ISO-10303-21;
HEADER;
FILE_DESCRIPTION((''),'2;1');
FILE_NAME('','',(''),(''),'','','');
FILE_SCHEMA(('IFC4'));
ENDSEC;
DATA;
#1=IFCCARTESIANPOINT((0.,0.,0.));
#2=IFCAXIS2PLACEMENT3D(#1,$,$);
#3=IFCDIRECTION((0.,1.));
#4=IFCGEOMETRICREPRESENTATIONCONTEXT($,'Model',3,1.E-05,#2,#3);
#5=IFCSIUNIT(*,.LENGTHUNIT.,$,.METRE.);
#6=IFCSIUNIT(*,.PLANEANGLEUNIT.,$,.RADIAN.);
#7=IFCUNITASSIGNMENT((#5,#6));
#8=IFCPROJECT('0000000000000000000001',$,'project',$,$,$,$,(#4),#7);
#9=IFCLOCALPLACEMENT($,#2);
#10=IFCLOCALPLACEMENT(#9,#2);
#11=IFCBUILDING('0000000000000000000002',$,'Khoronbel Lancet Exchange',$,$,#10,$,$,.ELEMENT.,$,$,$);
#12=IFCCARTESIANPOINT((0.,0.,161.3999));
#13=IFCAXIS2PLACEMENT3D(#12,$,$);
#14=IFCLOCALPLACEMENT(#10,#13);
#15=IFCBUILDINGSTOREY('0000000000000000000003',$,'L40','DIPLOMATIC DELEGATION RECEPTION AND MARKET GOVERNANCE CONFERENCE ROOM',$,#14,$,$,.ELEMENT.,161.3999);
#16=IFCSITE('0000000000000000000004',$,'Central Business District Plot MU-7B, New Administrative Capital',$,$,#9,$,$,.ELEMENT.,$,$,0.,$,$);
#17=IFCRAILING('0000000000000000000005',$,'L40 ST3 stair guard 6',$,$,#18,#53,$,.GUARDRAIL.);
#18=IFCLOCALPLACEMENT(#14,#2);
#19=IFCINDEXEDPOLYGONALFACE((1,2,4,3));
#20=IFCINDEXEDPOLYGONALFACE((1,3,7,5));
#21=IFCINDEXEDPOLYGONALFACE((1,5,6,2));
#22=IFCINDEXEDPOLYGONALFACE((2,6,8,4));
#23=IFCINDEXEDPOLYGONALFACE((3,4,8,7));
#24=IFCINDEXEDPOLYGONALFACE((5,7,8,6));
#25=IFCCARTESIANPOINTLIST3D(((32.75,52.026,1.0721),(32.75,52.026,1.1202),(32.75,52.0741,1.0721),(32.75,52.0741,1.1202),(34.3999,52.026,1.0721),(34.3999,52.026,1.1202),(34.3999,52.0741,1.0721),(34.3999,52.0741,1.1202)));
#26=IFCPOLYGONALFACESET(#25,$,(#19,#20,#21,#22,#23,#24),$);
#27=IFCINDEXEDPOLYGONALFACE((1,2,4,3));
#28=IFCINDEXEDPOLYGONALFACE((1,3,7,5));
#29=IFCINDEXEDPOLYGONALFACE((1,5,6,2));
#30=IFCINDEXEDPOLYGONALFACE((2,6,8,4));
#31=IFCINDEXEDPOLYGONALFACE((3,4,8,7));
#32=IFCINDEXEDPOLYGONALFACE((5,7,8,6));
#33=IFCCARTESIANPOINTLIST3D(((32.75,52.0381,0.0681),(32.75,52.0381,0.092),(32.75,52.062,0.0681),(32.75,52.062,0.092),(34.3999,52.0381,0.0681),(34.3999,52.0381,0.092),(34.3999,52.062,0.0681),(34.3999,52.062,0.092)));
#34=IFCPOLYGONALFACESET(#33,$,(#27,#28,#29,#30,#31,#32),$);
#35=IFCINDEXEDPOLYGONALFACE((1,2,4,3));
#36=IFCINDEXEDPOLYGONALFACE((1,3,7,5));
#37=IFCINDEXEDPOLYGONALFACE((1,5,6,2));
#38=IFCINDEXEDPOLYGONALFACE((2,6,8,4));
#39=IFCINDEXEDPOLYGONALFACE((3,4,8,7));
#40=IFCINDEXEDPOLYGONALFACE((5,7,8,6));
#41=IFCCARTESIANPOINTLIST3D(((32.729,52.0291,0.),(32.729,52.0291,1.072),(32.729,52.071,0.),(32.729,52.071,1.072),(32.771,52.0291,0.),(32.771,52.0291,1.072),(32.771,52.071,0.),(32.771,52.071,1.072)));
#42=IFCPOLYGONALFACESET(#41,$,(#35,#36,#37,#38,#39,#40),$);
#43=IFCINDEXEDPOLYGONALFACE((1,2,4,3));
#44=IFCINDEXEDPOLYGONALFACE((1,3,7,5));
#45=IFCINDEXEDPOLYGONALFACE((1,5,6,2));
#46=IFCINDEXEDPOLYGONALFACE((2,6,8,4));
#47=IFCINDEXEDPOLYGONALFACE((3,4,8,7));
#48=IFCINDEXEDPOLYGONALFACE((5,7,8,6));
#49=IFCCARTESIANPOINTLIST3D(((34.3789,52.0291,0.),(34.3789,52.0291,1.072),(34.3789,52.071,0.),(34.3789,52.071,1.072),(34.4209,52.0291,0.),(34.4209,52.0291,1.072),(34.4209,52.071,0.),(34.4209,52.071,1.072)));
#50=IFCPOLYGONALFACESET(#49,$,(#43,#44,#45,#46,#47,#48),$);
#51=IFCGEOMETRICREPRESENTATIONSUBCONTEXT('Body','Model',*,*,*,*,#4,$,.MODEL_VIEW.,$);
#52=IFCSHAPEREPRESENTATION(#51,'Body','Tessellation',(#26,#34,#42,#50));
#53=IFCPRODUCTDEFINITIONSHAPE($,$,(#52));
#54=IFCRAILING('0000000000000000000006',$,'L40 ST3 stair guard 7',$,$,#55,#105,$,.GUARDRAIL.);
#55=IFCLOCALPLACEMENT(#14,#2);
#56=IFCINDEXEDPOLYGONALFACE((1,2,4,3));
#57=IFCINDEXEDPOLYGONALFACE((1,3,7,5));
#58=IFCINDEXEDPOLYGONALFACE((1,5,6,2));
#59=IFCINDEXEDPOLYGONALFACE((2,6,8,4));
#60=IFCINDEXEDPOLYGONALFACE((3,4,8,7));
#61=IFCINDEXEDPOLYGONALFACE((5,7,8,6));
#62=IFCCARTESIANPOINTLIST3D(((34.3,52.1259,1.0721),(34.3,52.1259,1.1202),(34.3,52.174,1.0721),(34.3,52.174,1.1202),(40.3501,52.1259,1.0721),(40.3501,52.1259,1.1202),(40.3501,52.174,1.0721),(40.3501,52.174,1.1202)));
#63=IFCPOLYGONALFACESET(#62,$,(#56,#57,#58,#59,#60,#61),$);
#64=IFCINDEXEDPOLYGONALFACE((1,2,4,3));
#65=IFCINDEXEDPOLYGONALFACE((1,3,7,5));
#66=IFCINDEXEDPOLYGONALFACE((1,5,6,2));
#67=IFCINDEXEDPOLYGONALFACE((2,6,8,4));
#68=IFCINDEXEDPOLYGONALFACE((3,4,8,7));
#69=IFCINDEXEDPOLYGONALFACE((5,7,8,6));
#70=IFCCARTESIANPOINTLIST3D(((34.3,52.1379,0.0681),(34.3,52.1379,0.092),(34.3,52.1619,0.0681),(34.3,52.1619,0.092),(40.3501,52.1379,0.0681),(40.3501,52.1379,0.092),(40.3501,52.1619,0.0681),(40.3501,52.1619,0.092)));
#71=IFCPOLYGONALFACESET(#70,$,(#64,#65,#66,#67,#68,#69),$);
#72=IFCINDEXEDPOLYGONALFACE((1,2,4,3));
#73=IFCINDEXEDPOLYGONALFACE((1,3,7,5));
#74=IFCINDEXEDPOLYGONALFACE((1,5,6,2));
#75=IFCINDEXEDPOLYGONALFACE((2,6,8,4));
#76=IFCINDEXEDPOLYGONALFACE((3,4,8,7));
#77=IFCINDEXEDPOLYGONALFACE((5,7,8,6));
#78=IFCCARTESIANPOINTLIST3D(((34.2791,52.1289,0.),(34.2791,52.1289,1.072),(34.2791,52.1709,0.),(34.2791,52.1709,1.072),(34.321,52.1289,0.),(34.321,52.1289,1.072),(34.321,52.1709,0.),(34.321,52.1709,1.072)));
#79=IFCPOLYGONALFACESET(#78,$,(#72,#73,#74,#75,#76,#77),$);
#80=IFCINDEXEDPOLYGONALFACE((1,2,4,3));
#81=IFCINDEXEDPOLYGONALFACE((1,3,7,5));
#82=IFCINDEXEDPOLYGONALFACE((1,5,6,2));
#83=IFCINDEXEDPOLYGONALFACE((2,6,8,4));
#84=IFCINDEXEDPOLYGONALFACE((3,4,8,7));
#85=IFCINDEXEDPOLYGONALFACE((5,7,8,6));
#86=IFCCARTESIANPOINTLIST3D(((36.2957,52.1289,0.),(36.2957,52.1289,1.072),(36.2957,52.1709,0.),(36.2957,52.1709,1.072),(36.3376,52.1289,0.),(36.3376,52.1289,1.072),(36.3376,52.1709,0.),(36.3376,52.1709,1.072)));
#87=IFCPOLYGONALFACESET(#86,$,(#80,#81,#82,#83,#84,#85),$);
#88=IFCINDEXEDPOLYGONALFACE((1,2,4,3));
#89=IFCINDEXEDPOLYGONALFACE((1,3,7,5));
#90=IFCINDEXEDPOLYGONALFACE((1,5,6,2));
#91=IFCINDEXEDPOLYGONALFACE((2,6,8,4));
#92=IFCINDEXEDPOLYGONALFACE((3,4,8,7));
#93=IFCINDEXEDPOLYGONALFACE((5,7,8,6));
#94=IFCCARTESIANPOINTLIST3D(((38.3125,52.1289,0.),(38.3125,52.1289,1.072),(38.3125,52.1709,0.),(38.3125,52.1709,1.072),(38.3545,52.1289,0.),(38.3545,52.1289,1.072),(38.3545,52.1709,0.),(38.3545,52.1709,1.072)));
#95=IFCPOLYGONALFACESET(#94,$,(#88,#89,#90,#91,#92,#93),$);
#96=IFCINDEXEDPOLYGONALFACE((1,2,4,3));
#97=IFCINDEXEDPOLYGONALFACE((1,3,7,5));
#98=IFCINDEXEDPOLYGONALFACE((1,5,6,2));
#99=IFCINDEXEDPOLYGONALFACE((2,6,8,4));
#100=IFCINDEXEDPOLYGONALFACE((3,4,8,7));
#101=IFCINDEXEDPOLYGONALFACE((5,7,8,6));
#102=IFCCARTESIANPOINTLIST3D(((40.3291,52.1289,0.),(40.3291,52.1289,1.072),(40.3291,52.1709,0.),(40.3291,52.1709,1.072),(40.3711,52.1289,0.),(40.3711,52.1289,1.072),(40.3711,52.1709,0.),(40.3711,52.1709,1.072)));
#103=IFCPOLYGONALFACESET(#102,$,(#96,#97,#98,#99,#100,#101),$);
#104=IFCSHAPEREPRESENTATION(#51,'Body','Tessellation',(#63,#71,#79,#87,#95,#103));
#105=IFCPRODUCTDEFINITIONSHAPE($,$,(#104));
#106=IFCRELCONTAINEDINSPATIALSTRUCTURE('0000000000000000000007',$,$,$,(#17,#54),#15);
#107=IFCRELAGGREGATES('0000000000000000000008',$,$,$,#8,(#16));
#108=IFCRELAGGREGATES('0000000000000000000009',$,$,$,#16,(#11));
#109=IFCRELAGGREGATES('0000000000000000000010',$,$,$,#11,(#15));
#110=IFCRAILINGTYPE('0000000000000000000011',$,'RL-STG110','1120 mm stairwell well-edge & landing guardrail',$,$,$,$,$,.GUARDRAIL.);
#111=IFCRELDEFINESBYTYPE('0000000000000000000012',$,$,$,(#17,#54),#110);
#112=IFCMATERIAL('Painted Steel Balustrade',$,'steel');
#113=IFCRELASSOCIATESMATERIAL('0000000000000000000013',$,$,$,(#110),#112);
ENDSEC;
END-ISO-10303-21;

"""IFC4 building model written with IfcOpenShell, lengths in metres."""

from ifc_helpers import new_model, si_unit, direction, frame, origin, origin_2d, place, context, subcontext, project, spatial, rectangle, extrude, material, type_object, element, save


model = new_model("IFC4")

# Units and contexts
model_context = context("Model", 3, precision=1e-05, world=origin(), true_north=direction((0.0, 1.0)))
body_context = subcontext(model_context, "Body", "Model", "MODEL_VIEW")
ifc_project = project(units=[si_unit("LENGTHUNIT", "METRE"), si_unit("PLANEANGLEUNIT", "RADIAN")], contexts=[model_context])

# Site, building, storey
site_placement = place(None, origin())
site = spatial("IfcSite", under=ifc_project, at=site_placement, Name="Central Business District Plot MU-7B, New Administrative Capital", CompositionType="ELEMENT", RefElevation=0.0)
building_placement = place(site_placement, origin())
building = spatial("IfcBuilding", under=site, at=building_placement, Name="Khoronbel Lancet Exchange", CompositionType="ELEMENT")
storey_placement = place(building_placement, frame((0.0, 0.0, 161.3999)))
storey = spatial("IfcBuildingStorey", under=building, at=storey_placement, Name="L40", Description="DIPLOMATIC DELEGATION RECEPTION AND MARKET GOVERNANCE CONFERENCE ROOM", CompositionType="ELEMENT", Elevation=161.3999)

# Railings
ifc_material_1 = material(Name="Painted Steel Balustrade", Category="steel")
railing_type = type_object("IfcRailingType", Name="RL-STG110", Description="1120 mm stairwell well-edge & landing guardrail", PredefinedType="GUARDRAIL", material=ifc_material_1)
railing_1_placement = place(storey_placement, frame((32.75, 52.05, 0.0)))
element("IfcRailing", 1, at=railing_1_placement, inside=storey, type_object=railing_type, Name="L40 ST3 stair guard 6", PredefinedType="GUARDRAIL", context=body_context, shape_type="SweptSolid", body=[
    extrude(rectangle(XDim=0.0481, YDim=0.0481, at=origin_2d()), frame((0.0, 0.0, 1.0962), z_axis=(1.0, 0.0, 0.0), x_axis=(0.0, 1.0, 0.0)), (0.0, 0.0, 1.0), 1.6499),
    extrude(rectangle(XDim=0.0239, YDim=0.0239, at=origin_2d()), frame((0.0, 0.0, 0.0801), z_axis=(1.0, 0.0, 0.0), x_axis=(0.0, 1.0, 0.0)), (0.0, 0.0, 1.0), 1.6499),
    extrude(rectangle(XDim=0.042, YDim=0.042, at=origin_2d()), origin(), (0.0, 0.0, 1.0), 1.072),
    extrude(rectangle(XDim=0.042, YDim=0.042, at=origin_2d()), frame((1.6499, 0.0, 0.0)), (0.0, 0.0, 1.0), 1.072),
])
railing_2_placement = place(storey_placement, frame((34.3, 52.1499, 0.0)))
element("IfcRailing", 2, at=railing_2_placement, inside=storey, type_object=railing_type, Name="L40 ST3 stair guard 7", PredefinedType="GUARDRAIL", context=body_context, shape_type="SweptSolid", body=[
    extrude(rectangle(XDim=0.0481, YDim=0.0481, at=origin_2d()), frame((0.0, 0.0, 1.0962), z_axis=(1.0, 0.0, 0.0), x_axis=(0.0, 1.0, 0.0)), (0.0, 0.0, 1.0), 6.05),
    extrude(rectangle(XDim=0.0239, YDim=0.0239, at=origin_2d()), frame((0.0, 0.0, 0.0801), z_axis=(1.0, 0.0, 0.0), x_axis=(0.0, 1.0, 0.0)), (0.0, 0.0, 1.0), 6.05),
    extrude(rectangle(XDim=0.042, YDim=0.042, at=origin_2d()), origin(), (0.0, 0.0, 1.0), 1.072),
    extrude(rectangle(XDim=0.042, YDim=0.042, at=origin_2d()), frame((2.0166, 0.0, 0.0)), (0.0, 0.0, 1.0), 1.072),
    extrude(rectangle(XDim=0.042, YDim=0.042, at=origin_2d()), frame((4.0334, 0.0, 0.0)), (0.0, 0.0, 1.0), 1.072),
    extrude(rectangle(XDim=0.042, YDim=0.042, at=origin_2d()), frame((6.05, 0.0, 0.0)), (0.0, 0.0, 1.0), 1.072),
])

save(model, "model.ifc")
